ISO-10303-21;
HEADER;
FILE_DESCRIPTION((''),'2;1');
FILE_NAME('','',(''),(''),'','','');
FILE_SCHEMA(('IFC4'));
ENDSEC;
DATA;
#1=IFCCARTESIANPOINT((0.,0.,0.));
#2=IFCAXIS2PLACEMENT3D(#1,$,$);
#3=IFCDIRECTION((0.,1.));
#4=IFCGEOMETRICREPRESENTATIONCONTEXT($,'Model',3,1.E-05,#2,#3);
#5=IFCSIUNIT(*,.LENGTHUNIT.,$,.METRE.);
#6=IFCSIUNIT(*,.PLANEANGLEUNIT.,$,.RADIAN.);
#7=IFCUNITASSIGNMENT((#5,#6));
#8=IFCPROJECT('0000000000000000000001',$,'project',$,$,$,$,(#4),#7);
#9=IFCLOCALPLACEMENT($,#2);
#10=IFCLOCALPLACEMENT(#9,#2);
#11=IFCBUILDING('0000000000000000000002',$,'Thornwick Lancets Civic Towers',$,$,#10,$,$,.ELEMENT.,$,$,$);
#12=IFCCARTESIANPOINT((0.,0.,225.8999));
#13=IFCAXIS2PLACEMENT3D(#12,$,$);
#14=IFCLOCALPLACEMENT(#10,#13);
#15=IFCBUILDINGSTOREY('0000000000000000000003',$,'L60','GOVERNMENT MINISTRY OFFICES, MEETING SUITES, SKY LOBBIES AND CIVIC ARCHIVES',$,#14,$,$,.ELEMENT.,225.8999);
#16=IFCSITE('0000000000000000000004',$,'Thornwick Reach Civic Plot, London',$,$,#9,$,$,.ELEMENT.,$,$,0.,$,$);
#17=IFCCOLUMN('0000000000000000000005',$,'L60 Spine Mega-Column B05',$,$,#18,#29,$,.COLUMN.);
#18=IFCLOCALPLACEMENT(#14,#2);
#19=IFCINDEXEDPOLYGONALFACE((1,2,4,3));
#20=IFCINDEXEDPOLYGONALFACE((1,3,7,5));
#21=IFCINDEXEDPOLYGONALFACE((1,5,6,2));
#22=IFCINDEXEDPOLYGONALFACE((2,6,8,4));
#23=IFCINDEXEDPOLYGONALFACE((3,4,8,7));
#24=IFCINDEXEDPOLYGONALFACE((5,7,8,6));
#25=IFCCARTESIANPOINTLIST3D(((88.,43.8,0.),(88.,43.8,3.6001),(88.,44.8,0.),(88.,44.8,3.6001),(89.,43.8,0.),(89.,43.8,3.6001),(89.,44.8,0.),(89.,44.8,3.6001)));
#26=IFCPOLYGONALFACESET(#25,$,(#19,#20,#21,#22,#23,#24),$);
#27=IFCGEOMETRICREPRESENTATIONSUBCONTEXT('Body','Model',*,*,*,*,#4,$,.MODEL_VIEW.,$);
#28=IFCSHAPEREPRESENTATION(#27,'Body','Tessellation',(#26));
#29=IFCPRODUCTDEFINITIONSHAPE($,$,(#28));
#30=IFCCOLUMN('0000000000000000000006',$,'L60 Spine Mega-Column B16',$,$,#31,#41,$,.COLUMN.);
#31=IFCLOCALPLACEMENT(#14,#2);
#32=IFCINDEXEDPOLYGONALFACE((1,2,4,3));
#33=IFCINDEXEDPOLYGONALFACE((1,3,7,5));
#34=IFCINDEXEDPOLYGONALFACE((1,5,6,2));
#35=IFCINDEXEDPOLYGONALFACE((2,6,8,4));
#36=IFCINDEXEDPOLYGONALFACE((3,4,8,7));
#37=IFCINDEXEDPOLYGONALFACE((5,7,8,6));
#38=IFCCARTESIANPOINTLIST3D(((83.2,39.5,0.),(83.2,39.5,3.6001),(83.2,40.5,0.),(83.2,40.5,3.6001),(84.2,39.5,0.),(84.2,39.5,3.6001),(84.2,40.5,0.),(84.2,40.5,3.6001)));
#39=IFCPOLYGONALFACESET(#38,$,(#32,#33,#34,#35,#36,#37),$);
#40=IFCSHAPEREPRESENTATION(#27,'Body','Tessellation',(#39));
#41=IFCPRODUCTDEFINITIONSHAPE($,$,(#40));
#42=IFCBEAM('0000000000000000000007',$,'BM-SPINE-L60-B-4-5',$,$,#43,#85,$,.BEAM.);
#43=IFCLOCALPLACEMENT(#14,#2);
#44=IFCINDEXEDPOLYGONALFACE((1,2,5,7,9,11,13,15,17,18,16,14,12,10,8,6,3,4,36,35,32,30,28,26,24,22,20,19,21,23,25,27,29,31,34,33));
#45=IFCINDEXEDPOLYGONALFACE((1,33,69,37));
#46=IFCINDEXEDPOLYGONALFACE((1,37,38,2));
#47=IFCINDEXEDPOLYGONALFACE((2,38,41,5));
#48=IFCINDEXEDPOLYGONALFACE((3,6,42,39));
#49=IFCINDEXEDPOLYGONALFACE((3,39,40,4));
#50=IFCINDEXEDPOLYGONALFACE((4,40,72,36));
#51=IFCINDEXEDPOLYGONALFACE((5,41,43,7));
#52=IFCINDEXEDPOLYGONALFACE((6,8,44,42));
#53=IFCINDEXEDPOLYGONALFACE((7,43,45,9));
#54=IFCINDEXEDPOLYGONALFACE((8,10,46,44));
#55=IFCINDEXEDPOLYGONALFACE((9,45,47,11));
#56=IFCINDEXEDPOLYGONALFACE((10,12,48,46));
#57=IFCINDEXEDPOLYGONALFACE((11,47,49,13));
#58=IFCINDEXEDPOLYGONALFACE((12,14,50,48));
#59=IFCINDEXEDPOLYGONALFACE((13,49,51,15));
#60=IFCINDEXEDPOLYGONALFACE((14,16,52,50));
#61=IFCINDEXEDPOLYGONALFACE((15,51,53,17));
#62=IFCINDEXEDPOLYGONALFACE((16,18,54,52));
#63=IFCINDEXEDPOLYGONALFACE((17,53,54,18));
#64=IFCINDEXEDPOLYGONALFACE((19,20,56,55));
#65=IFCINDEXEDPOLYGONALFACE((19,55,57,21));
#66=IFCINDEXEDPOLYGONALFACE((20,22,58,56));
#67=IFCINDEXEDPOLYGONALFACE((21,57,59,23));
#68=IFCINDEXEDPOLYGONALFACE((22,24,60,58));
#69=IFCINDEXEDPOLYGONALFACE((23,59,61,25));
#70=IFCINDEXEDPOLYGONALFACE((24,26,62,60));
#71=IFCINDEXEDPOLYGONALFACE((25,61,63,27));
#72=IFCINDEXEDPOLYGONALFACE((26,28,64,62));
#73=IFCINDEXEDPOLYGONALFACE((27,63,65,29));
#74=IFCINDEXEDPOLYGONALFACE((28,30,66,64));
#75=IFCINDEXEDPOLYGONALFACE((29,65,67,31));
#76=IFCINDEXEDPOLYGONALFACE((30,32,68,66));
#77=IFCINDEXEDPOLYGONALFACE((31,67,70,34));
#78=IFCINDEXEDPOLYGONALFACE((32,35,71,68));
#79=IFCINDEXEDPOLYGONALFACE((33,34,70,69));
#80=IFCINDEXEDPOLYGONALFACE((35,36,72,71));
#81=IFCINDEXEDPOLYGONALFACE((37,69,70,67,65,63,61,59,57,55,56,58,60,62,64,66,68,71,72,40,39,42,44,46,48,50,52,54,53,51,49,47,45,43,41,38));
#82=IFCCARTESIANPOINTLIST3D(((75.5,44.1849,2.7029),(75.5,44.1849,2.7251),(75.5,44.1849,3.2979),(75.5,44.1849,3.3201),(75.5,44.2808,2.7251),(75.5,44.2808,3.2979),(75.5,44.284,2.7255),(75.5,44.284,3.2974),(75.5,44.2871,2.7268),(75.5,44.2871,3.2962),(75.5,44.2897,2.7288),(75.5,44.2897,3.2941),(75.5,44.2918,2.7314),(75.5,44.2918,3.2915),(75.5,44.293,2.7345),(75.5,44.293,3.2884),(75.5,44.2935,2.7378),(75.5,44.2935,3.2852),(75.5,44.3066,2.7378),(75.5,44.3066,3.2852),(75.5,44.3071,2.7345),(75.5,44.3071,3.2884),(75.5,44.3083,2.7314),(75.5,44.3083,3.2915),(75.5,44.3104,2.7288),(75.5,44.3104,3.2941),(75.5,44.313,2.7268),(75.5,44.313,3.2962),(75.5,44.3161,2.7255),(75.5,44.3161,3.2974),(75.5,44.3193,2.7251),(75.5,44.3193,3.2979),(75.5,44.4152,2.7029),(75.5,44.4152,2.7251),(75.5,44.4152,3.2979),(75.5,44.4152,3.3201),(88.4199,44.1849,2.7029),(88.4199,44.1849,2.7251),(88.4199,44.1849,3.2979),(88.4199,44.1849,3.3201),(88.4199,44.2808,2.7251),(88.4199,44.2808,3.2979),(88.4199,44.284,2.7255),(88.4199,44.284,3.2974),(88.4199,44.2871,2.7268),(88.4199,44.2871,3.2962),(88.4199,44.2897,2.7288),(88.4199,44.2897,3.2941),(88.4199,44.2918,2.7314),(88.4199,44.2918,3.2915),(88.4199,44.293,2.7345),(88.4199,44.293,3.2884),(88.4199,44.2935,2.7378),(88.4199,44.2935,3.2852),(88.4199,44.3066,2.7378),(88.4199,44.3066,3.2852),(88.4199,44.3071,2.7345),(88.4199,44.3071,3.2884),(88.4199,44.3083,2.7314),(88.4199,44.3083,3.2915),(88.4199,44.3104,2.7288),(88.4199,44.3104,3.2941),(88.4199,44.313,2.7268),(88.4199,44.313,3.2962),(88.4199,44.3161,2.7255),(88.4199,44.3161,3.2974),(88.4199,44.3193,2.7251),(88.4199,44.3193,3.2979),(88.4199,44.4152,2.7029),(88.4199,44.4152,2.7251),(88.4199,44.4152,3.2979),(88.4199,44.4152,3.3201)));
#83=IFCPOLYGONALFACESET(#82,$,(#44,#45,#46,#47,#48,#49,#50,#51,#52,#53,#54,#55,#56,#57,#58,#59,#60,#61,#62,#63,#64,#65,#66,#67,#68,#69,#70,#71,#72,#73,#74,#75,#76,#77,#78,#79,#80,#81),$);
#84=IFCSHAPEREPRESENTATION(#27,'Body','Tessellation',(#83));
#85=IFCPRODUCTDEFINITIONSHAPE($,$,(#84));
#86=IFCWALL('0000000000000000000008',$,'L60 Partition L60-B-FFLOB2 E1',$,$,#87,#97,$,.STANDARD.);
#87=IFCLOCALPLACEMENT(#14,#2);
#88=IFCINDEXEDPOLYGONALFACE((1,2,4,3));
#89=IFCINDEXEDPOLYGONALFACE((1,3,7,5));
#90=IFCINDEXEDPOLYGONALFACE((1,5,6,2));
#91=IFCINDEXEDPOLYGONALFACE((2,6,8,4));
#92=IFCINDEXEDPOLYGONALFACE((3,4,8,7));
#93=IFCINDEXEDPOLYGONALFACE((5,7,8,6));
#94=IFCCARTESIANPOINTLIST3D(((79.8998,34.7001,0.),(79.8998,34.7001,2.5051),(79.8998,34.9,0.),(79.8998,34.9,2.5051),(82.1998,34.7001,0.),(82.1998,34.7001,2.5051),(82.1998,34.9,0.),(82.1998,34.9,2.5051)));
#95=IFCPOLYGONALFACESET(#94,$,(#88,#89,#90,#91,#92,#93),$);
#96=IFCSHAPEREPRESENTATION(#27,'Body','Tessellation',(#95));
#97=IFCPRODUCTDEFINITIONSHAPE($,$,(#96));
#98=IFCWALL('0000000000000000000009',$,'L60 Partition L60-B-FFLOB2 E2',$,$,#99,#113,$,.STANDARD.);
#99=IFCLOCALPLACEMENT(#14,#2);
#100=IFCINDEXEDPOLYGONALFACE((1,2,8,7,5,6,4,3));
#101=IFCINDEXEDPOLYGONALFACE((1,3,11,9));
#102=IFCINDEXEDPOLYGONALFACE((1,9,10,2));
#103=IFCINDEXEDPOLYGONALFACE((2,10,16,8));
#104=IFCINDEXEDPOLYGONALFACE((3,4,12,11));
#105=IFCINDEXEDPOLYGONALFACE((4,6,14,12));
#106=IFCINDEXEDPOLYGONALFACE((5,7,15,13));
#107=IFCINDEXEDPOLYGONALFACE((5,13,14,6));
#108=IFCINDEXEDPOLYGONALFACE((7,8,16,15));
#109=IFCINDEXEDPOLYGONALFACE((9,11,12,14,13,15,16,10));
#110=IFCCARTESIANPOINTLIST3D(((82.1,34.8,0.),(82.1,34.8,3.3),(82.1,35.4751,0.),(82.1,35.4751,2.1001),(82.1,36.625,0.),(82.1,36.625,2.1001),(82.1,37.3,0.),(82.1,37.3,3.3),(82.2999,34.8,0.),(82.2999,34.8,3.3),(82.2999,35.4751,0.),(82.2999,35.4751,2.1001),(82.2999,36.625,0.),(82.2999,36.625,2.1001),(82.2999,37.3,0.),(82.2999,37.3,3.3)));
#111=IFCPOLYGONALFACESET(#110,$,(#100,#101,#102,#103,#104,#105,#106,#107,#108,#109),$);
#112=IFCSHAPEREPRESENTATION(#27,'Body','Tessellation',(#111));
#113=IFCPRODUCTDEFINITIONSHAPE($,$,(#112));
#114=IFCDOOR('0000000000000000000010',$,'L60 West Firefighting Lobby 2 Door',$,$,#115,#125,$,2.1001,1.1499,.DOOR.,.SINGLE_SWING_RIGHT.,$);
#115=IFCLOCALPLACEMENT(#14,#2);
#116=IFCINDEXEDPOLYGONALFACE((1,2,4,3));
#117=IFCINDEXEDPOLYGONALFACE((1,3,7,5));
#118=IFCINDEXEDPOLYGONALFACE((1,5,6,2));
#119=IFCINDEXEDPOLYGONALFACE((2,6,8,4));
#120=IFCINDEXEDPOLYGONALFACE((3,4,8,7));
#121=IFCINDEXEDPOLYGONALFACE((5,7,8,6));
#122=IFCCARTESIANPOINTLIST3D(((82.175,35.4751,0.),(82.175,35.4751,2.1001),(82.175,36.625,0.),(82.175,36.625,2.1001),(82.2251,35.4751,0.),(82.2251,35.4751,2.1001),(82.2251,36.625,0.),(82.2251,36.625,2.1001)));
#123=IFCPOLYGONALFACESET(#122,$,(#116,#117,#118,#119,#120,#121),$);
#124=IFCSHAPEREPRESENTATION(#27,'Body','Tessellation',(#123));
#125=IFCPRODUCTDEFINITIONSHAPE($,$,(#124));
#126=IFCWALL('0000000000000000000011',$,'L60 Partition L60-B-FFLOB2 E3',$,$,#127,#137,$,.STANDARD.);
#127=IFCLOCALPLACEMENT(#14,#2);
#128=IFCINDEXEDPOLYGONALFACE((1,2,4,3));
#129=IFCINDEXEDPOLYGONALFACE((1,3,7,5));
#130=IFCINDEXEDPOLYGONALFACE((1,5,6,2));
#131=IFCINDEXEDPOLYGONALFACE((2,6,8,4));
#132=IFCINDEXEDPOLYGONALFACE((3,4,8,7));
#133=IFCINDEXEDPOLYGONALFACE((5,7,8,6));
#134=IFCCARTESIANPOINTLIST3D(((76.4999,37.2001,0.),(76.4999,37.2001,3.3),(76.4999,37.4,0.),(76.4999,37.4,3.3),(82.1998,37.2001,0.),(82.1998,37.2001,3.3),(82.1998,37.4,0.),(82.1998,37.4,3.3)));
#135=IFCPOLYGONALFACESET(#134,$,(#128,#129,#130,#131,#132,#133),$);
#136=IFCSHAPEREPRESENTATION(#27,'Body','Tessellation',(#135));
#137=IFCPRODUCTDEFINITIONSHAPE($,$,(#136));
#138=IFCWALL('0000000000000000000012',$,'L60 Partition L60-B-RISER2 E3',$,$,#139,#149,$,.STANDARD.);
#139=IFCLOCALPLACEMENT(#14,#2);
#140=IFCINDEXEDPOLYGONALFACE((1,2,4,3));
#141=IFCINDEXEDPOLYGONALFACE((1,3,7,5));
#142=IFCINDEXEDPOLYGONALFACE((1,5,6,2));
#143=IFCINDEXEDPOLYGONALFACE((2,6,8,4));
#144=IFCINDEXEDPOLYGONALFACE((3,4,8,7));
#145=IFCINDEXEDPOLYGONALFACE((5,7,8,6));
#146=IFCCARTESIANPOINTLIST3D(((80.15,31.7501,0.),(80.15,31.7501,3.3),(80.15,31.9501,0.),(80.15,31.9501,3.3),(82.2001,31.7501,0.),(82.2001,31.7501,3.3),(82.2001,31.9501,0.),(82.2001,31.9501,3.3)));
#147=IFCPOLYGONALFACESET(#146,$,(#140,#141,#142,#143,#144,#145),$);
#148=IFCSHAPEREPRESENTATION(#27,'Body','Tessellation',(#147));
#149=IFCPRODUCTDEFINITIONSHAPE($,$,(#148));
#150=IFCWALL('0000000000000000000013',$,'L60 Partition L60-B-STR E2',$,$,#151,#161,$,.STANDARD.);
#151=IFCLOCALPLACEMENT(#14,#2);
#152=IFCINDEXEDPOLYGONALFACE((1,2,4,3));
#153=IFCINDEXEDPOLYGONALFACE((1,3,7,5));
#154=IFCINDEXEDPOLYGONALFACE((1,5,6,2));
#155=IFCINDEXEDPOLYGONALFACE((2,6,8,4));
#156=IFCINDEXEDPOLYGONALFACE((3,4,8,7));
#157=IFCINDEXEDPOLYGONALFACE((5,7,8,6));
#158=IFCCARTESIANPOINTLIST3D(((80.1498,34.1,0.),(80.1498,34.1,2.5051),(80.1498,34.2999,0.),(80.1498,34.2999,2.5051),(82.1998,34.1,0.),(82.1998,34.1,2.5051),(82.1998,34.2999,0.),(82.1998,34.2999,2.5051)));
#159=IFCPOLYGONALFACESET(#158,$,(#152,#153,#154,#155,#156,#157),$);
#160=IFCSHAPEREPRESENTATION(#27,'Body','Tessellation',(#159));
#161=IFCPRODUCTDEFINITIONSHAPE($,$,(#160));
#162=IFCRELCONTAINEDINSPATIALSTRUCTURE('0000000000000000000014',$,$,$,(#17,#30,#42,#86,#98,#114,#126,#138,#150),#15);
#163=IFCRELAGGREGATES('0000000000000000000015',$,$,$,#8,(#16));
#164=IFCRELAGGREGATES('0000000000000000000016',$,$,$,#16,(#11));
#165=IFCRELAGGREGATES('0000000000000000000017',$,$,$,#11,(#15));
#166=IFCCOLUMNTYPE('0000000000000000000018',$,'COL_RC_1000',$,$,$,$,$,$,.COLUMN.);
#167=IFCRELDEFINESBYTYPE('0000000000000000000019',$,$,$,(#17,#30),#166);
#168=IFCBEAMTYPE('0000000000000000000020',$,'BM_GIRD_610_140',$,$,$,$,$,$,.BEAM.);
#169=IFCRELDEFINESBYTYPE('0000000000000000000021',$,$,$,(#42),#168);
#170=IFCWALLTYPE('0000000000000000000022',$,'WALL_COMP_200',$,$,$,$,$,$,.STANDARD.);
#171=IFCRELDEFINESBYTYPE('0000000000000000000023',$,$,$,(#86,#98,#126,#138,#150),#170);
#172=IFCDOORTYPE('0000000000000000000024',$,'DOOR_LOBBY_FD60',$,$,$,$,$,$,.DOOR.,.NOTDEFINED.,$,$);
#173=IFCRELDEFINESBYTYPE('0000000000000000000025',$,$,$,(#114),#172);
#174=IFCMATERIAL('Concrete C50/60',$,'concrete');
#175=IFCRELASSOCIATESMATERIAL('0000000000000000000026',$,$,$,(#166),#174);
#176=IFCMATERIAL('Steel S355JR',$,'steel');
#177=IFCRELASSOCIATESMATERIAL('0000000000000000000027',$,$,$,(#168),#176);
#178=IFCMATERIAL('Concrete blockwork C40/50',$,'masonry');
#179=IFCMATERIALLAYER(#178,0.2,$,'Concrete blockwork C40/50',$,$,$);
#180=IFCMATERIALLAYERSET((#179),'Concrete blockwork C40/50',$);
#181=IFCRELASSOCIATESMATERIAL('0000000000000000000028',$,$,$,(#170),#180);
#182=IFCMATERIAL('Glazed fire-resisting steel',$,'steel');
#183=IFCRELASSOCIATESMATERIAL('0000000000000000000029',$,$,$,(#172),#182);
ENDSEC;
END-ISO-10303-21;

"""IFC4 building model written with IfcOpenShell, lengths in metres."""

from ifc_helpers import new_model, si_unit, direction, frame, frame_2d, origin, origin_2d, place, context, subcontext, project, spatial, rectangle, i_section, extrude, material, layer, layer_set, material_profile, profile_set, type_object, element, fill, save


model = new_model("IFC4")

# Units and contexts
model_context = context("Model", 3, precision=1e-05, world=origin(), true_north=direction((0.0, 1.0)))
body_context = subcontext(model_context, "Body", "Model", "MODEL_VIEW")
ifc_project = project(units=[si_unit("LENGTHUNIT", "METRE"), si_unit("PLANEANGLEUNIT", "RADIAN")], contexts=[model_context])

# Site, building, storey
site_placement = place(None, origin())
site = spatial("IfcSite", under=ifc_project, at=site_placement, Name="Thornwick Reach Civic Plot, London", CompositionType="ELEMENT", RefElevation=0.0)
building_placement = place(site_placement, origin())
building = spatial("IfcBuilding", under=site, at=building_placement, Name="Thornwick Lancets Civic Towers", CompositionType="ELEMENT")
storey_placement = place(building_placement, frame((0.0, 0.0, 225.8999)))
storey = spatial("IfcBuildingStorey", under=building, at=storey_placement, Name="L60", Description="GOVERNMENT MINISTRY OFFICES, MEETING SUITES, SKY LOBBIES AND CIVIC ARCHIVES", CompositionType="ELEMENT", Elevation=225.8999)

# Columns
ifc_material_1 = material(Name="Concrete C50/60", Category="concrete")
ifc_material_profile_1 = material_profile(ifc_material_1, rectangle(XDim=1.0, YDim=1.0, at=origin_2d()), Name="RC 1000x1000")
ifc_profile_set_1 = profile_set([ifc_material_profile_1], Name="Concrete C50/60")
column_type = type_object("IfcColumnType", Name="COL_RC_1000", PredefinedType="COLUMN", material=ifc_profile_set_1)
for number, where, z_axis, x_axis, name in (
    (1, (88.5, 44.3, 0.0), (0.0, 0.0, 1.0), (1.0, 0.0, 0.0), "L60 Spine Mega-Column B05"),
    (2, (83.7, 40.0, 0.0), (0.0, 0.0, 1.0), (1.0, 0.0, 0.0), "L60 Spine Mega-Column B16"),
):
    element("IfcColumn", number, at=place(storey_placement, frame(where, z_axis=z_axis, x_axis=x_axis)), inside=storey, type_object=column_type, Name=name, PredefinedType="COLUMN", context=body_context, shape_type="SweptSolid", body=[
        extrude(rectangle(XDim=1.0, YDim=1.0, at=origin_2d()), origin(), (0.0, 0.0, 1.0), 3.6001),
    ])

# Beam
ifc_material_2 = material(Name="Steel S355JR", Category="steel")
ifc_material_profile_2 = material_profile(ifc_material_2, i_section(OverallWidth=0.2302, OverallDepth=0.6172, WebThickness=0.0132, FlangeThickness=0.0222, FilletRadius=0.0127, at=origin_2d()), Name="UKB 610x229x140")
ifc_profile_set_2 = profile_set([ifc_material_profile_2], Name="Steel S355JR")
beam_type = type_object("IfcBeamType", Name="BM_GIRD_610_140", PredefinedType="BEAM", material=ifc_profile_set_2)
beam_placement = place(storey_placement, frame((88.4199, 44.3, 3.0115), z_axis=(-1.0, 0.0, 0.0), x_axis=(0.0, -1.0, 0.0)))
element("IfcBeam", 3, at=beam_placement, inside=storey, type_object=beam_type, Name="BM-SPINE-L60-B-4-5", PredefinedType="BEAM", context=body_context, shape_type="SweptSolid", body=[
    extrude(i_section(OverallWidth=0.2302, OverallDepth=0.6172, WebThickness=0.0132, FlangeThickness=0.0222, FilletRadius=0.0127, at=origin_2d()), origin(), (0.0, 0.0, 1.0), 12.9199),
])

# Wall
ifc_material_3 = material(Name="Concrete blockwork C40/50", Category="masonry")
ifc_layer_1 = layer(ifc_material_3, 0.2, Name="Concrete blockwork C40/50")
ifc_layer_set_1 = layer_set([ifc_layer_1], Name="Concrete blockwork C40/50")
wall_type_1 = type_object("IfcWallType", Name="WALL_COMP_200", PredefinedType="STANDARD", material=ifc_layer_set_1)
wall_1_placement = place(storey_placement, frame((79.8999, 34.8, 0.0), z_axis=(0.0, 0.0, 1.0), x_axis=(1.0, 0.0, 0.0)))
element("IfcWall", 4, at=wall_1_placement, inside=storey, type_object=wall_type_1, Name="L60 Partition L60-B-FFLOB2 E1", PredefinedType="STANDARD", context=body_context, shape_type="SweptSolid", body=[
    extrude(rectangle(XDim=2.3, YDim=0.2, at=frame_2d((1.1499, 0.0))), origin(), (0.0, 0.0, 1.0), 2.5051),
])

# Wall, opening, door
wall_2_placement = place(storey_placement, frame((82.2, 34.8, 0.0), z_axis=(0.0, 0.0, 1.0), x_axis=(0.0, 1.0, 0.0)))
wall_2 = element("IfcWall", 5, at=wall_2_placement, inside=storey, type_object=wall_type_1, Name="L60 Partition L60-B-FFLOB2 E2", PredefinedType="STANDARD", context=body_context, shape_type="SweptSolid", body=[
    extrude(rectangle(XDim=2.5, YDim=0.2, at=frame_2d((1.25, 0.0))), origin(), (0.0, 0.0, 1.0), 3.3),
])
opening_1_placement = place(wall_2_placement, frame((0.675, 0.0, 0.0)))
opening_1 = element("IfcOpeningElement", 6, at=opening_1_placement, cuts=wall_2, PredefinedType="OPENING", context=body_context, shape_type="SweptSolid", body=[
    extrude(rectangle(XDim=1.1499, YDim=2.1001, at=frame_2d((0.575, 1.05))), frame((0.0, 0.1099, 0.0), z_axis=(0.0, -1.0, 0.0), x_axis=(1.0, 0.0, 0.0)), (0.0, 0.0, 1.0), 0.22),
])
ifc_material_4 = material(Name="Glazed fire-resisting steel", Category="steel")
door_type_1 = type_object("IfcDoorType", Name="DOOR_LOBBY_FD60", OperationType="NOTDEFINED", PredefinedType="DOOR", material=ifc_material_4)
door_1_placement = place(opening_1_placement, origin())
door_1 = element("IfcDoor", 7, at=door_1_placement, inside=storey, type_object=door_type_1, Name="L60 West Firefighting Lobby 2 Door", OperationType="SINGLE_SWING_RIGHT", OverallHeight=2.1001, OverallWidth=1.1499, PredefinedType="DOOR", context=body_context, shape_type="SweptSolid", body=[
    extrude(rectangle(XDim=1.1499, YDim=2.1001, at=frame_2d((0.575, 1.05))), frame((0.0, 0.0249, 0.0), z_axis=(0.0, -1.0, 0.0), x_axis=(1.0, 0.0, 0.0)), (0.0, 0.0, 1.0), 0.05),
])
fill(opening_1, door_1)

# Walls
wall_3_placement = place(storey_placement, frame((82.2, 37.3, 0.0), z_axis=(0.0, 0.0, 1.0), x_axis=(-1.0, 0.0, 0.0)))
element("IfcWall", 8, at=wall_3_placement, inside=storey, type_object=wall_type_1, Name="L60 Partition L60-B-FFLOB2 E3", PredefinedType="STANDARD", context=body_context, shape_type="SweptSolid", body=[
    extrude(rectangle(XDim=5.7, YDim=0.2, at=frame_2d((2.8501, 0.0))), origin(), (0.0, 0.0, 1.0), 3.3),
])
wall_4_placement = place(storey_placement, frame((82.2, 31.8501, 0.0), z_axis=(0.0, 0.0, 1.0), x_axis=(-1.0, 0.0, 0.0)))
element("IfcWall", 9, at=wall_4_placement, inside=storey, type_object=wall_type_1, Name="L60 Partition L60-B-RISER2 E3", PredefinedType="STANDARD", context=body_context, shape_type="SweptSolid", body=[
    extrude(rectangle(XDim=2.05, YDim=0.2, at=frame_2d((1.0249, 0.0))), origin(), (0.0, 0.0, 1.0), 3.3),
])
wall_5_placement = place(storey_placement, frame((80.1499, 34.2, 0.0), z_axis=(0.0, 0.0, 1.0), x_axis=(1.0, 0.0, 0.0)))
element("IfcWall", 10, at=wall_5_placement, inside=storey, type_object=wall_type_1, Name="L60 Partition L60-B-STR E2", PredefinedType="STANDARD", context=body_context, shape_type="SweptSolid", body=[
    extrude(rectangle(XDim=2.05, YDim=0.2, at=frame_2d((1.0249, 0.0))), origin(), (0.0, 0.0, 1.0), 2.5051),
])

save(model, "model.ifc")
